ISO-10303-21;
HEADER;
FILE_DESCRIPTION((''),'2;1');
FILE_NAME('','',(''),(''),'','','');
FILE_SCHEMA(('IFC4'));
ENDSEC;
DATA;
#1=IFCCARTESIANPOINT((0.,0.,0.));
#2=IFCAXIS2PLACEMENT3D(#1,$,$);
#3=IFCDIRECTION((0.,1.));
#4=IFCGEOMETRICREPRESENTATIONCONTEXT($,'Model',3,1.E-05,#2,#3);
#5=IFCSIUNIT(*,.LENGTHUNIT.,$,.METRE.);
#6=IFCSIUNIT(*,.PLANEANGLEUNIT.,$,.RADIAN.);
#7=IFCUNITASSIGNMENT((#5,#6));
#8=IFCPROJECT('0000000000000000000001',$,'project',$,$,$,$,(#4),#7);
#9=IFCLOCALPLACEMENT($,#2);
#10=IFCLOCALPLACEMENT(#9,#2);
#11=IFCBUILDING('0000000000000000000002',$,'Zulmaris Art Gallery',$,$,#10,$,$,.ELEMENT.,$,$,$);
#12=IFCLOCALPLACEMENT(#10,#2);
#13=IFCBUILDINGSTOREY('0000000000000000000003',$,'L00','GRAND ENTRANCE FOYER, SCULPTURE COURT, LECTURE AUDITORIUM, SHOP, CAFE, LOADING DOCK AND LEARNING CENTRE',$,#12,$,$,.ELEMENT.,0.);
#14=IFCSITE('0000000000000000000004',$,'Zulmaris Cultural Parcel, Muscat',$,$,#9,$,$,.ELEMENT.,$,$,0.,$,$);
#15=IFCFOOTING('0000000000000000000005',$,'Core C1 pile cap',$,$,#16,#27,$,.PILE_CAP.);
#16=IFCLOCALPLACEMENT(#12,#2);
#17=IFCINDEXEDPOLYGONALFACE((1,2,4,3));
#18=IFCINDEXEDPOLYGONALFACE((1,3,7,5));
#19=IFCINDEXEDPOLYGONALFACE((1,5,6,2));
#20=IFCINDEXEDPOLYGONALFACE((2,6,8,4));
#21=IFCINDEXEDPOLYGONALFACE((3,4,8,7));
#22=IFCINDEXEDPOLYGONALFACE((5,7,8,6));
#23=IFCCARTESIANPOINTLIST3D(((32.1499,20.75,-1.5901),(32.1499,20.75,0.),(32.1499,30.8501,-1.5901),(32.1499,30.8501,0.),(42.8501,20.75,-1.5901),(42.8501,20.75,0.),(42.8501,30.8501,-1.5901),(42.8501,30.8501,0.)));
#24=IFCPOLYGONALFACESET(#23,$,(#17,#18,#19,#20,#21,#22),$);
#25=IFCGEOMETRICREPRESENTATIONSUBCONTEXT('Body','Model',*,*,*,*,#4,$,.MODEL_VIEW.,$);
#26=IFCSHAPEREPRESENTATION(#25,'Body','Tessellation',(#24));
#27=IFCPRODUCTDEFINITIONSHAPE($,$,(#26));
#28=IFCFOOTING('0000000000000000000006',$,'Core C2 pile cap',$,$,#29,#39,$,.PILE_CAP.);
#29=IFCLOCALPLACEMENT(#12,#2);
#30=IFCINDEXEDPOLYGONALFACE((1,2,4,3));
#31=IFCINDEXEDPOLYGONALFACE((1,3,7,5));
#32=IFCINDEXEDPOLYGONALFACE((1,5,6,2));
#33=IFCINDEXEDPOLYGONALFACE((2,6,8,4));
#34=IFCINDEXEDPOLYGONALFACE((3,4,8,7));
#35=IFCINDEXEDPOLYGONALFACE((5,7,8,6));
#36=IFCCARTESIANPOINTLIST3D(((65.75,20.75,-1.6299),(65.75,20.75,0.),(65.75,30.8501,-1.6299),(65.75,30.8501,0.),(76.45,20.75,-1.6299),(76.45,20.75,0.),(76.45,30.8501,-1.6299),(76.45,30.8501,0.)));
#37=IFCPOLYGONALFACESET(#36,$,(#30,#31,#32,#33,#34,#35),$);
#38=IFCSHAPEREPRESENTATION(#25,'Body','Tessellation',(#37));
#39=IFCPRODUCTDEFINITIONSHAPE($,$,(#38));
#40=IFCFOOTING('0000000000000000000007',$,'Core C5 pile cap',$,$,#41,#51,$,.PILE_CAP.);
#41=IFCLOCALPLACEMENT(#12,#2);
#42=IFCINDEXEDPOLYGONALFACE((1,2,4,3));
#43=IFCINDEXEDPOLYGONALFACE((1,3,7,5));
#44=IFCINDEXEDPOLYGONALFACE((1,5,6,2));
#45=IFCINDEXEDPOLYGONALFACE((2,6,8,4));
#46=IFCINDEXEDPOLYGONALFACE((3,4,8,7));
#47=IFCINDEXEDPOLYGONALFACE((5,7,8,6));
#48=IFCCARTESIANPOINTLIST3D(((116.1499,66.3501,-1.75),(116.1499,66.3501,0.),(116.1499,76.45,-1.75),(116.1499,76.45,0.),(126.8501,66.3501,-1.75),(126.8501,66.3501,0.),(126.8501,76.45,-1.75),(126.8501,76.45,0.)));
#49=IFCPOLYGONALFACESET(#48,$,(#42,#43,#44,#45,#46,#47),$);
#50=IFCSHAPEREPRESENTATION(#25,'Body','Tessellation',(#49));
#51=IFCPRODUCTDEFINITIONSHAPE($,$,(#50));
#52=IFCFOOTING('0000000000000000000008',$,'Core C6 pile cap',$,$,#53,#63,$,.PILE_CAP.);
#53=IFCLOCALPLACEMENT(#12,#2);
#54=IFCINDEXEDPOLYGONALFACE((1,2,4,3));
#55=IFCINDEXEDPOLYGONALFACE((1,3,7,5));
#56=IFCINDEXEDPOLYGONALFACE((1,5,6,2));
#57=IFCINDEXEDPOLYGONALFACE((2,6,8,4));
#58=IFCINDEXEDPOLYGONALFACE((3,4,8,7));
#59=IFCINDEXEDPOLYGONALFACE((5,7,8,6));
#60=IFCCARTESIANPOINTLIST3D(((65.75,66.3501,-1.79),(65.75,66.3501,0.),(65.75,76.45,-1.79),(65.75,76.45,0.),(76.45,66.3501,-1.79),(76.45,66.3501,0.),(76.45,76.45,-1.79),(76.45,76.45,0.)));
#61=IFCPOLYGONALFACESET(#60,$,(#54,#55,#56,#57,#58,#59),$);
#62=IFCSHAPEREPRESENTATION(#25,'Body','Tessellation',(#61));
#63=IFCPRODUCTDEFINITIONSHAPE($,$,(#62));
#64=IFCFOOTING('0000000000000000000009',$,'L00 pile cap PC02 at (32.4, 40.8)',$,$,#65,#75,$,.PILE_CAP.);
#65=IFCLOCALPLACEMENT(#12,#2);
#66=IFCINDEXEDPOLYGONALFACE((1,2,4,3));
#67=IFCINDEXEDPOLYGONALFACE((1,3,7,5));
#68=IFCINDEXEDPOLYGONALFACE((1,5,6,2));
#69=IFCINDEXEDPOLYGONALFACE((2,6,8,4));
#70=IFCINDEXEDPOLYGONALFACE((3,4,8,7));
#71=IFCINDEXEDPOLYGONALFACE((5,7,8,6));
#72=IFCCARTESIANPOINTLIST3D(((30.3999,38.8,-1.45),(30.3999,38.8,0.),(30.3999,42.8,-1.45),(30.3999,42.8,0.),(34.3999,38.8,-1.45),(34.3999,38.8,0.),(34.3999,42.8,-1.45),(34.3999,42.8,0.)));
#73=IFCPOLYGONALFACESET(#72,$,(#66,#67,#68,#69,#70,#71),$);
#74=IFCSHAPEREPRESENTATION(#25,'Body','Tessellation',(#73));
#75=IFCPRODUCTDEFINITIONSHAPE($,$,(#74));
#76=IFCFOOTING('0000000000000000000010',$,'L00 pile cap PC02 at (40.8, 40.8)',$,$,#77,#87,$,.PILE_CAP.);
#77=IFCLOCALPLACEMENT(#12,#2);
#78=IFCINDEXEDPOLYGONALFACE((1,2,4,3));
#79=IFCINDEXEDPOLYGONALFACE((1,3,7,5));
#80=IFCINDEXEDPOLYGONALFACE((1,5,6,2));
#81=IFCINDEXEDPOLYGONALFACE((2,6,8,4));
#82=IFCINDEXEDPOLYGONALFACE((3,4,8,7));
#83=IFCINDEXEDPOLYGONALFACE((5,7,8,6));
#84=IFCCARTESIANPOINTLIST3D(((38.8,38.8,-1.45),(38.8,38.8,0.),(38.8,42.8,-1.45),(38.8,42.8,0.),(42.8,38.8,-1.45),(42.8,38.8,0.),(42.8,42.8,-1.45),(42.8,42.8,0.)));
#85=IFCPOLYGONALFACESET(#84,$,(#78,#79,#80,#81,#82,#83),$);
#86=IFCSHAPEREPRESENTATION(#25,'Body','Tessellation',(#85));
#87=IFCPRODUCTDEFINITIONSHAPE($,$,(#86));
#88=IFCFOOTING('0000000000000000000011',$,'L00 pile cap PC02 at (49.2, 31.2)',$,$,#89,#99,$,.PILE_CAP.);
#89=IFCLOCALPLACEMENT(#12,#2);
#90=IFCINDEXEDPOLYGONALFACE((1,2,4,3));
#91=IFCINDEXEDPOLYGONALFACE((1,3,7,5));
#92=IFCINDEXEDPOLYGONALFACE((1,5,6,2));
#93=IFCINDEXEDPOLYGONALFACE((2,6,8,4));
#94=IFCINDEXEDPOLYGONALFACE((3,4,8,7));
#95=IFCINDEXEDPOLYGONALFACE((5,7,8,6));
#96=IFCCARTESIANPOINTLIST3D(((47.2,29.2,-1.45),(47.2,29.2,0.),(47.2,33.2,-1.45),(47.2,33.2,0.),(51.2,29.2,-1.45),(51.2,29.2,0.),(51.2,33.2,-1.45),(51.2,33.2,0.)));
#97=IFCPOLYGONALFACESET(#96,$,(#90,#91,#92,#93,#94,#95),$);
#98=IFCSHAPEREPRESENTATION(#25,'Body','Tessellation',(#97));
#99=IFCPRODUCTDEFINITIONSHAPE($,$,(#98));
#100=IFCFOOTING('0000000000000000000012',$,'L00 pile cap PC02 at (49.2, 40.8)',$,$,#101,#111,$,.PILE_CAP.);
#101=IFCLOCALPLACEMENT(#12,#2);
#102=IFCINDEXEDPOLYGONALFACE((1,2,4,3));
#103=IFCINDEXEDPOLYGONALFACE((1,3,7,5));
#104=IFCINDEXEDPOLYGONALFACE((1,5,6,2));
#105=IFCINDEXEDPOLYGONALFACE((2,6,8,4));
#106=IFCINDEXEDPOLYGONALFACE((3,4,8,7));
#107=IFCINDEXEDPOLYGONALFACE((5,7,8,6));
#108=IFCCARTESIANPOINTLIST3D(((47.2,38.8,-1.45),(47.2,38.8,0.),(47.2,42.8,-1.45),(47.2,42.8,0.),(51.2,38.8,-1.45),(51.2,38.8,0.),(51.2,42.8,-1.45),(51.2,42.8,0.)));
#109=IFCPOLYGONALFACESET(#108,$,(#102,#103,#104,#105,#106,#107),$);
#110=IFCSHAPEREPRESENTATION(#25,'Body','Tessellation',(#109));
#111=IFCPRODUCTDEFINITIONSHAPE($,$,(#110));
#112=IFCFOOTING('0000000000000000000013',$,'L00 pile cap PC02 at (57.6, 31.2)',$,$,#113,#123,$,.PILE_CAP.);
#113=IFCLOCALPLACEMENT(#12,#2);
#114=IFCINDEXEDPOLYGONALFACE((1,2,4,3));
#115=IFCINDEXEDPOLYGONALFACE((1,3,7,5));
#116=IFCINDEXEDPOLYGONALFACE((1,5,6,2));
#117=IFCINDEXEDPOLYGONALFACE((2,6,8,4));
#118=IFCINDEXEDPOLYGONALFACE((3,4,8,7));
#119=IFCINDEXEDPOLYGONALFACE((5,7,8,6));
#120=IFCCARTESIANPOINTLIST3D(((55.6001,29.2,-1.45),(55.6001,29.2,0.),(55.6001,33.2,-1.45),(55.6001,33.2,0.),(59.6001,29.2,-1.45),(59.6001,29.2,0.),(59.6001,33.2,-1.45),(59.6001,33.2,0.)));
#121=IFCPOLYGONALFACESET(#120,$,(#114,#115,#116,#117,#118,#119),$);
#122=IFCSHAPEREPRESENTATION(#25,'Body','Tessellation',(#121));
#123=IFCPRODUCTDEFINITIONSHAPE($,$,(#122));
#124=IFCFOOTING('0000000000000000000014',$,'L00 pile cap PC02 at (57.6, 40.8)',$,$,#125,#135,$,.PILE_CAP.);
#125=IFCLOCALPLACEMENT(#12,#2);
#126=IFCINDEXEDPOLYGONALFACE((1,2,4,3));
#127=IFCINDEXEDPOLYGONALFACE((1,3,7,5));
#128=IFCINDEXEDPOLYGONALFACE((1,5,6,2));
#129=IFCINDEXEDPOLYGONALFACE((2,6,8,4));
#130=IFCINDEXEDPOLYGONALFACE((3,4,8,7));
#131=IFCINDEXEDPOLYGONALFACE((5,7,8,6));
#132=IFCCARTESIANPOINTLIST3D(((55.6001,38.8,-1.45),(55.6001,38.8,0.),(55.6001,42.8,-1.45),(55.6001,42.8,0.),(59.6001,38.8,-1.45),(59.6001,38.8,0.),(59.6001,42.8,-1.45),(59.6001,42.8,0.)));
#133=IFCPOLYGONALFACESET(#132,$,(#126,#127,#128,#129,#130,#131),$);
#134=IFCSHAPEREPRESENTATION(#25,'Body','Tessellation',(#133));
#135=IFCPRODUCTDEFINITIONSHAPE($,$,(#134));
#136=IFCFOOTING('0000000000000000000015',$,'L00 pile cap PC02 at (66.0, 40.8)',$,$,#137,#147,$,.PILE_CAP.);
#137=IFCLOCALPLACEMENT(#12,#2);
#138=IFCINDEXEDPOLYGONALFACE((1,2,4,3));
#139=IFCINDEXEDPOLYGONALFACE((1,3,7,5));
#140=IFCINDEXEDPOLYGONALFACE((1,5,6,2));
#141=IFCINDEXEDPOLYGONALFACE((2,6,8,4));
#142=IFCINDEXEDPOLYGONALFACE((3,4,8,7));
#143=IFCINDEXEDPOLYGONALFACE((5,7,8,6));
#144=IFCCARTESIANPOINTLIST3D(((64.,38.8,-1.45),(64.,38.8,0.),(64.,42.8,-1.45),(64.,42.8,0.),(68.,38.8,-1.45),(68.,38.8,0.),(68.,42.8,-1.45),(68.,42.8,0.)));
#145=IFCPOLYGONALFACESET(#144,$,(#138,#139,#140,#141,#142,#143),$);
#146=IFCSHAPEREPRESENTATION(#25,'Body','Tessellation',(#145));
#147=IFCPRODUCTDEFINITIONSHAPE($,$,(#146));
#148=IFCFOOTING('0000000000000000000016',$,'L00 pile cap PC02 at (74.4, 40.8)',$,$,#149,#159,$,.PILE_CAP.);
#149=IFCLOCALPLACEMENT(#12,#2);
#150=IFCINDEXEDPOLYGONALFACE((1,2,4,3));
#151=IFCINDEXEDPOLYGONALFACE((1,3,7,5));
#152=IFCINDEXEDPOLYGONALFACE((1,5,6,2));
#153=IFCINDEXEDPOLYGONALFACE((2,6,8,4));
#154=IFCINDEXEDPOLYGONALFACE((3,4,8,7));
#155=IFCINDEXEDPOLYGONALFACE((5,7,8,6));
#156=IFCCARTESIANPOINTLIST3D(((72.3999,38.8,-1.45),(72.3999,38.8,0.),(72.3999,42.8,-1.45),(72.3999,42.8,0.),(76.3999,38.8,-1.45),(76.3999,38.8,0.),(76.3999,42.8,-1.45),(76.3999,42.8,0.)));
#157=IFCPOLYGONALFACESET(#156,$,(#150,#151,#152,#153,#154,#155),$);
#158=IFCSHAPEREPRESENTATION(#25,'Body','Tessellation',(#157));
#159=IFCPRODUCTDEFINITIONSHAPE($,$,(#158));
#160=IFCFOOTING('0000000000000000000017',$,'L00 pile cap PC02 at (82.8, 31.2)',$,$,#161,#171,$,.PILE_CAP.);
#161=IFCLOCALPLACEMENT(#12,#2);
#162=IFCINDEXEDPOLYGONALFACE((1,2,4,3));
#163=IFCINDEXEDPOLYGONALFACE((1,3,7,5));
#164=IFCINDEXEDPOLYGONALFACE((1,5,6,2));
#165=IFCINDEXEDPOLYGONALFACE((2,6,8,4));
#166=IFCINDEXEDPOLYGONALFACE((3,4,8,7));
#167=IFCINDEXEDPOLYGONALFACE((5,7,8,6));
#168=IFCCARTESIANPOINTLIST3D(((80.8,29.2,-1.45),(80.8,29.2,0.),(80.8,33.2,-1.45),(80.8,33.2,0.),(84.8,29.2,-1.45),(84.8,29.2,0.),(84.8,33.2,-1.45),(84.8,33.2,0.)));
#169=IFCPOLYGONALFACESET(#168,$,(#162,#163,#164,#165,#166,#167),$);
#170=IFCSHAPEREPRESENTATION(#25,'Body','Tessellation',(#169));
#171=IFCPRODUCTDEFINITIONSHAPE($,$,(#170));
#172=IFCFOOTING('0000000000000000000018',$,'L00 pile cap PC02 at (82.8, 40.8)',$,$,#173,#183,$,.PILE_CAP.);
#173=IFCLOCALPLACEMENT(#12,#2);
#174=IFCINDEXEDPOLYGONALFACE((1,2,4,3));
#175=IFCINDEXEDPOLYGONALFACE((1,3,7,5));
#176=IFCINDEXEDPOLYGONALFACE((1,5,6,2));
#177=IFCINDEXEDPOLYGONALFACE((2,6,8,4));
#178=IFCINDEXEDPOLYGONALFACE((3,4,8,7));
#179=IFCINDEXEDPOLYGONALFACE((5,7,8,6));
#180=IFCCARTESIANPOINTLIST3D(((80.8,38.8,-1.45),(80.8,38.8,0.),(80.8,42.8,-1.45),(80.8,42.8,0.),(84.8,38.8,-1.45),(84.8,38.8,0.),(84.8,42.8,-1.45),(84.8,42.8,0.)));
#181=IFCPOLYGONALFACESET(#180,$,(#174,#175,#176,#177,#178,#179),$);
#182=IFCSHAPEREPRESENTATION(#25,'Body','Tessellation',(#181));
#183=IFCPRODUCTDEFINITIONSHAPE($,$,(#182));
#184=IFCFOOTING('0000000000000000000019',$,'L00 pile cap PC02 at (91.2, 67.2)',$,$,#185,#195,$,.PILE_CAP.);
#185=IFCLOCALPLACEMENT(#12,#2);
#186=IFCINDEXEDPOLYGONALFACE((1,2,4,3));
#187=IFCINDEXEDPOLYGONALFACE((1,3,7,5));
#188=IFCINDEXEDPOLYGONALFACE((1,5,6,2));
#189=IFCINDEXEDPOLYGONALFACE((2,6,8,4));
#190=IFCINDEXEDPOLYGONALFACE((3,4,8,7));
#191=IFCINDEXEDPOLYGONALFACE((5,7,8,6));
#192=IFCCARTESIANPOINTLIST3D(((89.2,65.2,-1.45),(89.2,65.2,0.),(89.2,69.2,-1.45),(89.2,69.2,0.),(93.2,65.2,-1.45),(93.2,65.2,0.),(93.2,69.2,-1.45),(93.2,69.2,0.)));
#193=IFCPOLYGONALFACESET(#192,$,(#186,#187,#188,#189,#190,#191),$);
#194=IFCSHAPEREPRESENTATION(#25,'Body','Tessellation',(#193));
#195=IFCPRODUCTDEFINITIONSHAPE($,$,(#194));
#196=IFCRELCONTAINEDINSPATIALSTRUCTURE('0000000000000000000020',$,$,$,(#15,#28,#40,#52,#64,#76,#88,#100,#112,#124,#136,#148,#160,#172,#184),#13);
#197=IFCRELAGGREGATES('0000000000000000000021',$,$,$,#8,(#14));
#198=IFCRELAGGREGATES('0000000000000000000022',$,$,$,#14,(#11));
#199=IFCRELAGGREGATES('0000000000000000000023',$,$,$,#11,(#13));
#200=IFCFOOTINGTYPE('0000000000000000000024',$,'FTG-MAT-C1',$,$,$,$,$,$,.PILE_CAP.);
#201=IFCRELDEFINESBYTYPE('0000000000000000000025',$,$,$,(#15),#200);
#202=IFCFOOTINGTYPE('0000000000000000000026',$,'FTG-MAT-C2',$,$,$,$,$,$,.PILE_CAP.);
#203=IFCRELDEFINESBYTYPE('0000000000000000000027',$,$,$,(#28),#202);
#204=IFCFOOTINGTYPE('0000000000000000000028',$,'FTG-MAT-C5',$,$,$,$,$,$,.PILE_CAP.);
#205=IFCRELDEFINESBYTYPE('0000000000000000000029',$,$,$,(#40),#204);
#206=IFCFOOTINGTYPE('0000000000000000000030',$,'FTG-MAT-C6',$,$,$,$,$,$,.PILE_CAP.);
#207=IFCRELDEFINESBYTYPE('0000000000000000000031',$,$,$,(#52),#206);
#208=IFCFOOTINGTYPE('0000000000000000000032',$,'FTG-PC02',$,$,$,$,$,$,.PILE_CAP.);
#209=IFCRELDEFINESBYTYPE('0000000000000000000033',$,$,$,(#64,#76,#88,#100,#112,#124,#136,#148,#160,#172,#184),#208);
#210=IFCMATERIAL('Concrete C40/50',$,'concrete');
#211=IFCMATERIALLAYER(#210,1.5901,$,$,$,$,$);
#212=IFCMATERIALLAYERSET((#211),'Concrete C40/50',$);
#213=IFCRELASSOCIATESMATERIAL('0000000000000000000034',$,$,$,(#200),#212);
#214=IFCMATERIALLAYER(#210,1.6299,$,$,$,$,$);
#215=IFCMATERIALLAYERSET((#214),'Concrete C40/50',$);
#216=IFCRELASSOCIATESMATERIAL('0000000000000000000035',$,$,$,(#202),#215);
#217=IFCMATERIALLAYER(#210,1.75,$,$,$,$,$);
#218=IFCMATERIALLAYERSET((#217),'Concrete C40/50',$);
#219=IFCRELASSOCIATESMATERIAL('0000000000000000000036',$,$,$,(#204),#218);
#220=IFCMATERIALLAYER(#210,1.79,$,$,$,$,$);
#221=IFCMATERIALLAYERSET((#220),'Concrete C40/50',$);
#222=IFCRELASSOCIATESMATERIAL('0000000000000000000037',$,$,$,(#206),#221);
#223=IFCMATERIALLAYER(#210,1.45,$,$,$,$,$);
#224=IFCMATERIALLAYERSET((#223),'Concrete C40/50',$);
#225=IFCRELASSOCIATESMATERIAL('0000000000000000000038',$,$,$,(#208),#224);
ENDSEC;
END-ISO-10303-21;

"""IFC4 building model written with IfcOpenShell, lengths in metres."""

from ifc_helpers import new_model, si_unit, direction, frame, origin, place, context, subcontext, project, spatial, polyline, outline, extrude, material, layer, layer_set, type_object, element, save


model = new_model("IFC4")

# Units and contexts
model_context = context("Model", 3, precision=1e-05, world=origin(), true_north=direction((0.0, 1.0)))
body_context = subcontext(model_context, "Body", "Model", "MODEL_VIEW")
ifc_project = project(units=[si_unit("LENGTHUNIT", "METRE"), si_unit("PLANEANGLEUNIT", "RADIAN")], contexts=[model_context])

# Site, building, storey
site_placement = place(None, origin())
site = spatial("IfcSite", under=ifc_project, at=site_placement, Name="Zulmaris Cultural Parcel, Muscat", CompositionType="ELEMENT", RefElevation=0.0)
building_placement = place(site_placement, origin())
building = spatial("IfcBuilding", under=site, at=building_placement, Name="Zulmaris Art Gallery", CompositionType="ELEMENT")
storey_placement = place(building_placement, origin())
storey = spatial("IfcBuildingStorey", under=building, at=storey_placement, Name="L00", Description="GRAND ENTRANCE FOYER, SCULPTURE COURT, LECTURE AUDITORIUM, SHOP, CAFE, LOADING DOCK AND LEARNING CENTRE", CompositionType="ELEMENT", Elevation=0.0)

# Footings
ifc_material = material(Name="Concrete C40/50", Category="concrete")
ifc_layer_1 = layer(ifc_material, 1.5901)
ifc_layer_set_1 = layer_set([ifc_layer_1], Name="Concrete C40/50")
footing_type_1 = type_object("IfcFootingType", Name="FTG-MAT-C1", PredefinedType="PILE_CAP", material=ifc_layer_set_1)
footing_1_placement = place(storey_placement, frame((0.0, 0.0, -1.5901)))
element("IfcFooting", 1, at=footing_1_placement, inside=storey, type_object=footing_type_1, Name="Core C1 pile cap", PredefinedType="PILE_CAP", context=body_context, shape_type="SweptSolid", body=[
    extrude(outline(polyline([(32.1499, 20.75), (42.8501, 20.75), (42.8501, 30.8501), (32.1499, 30.8501), (32.1499, 20.75)])), origin(), (0.0, 0.0, 1.0), 1.5901),
])
ifc_layer_2 = layer(ifc_material, 1.6299)
ifc_layer_set_2 = layer_set([ifc_layer_2], Name="Concrete C40/50")
footing_type_2 = type_object("IfcFootingType", Name="FTG-MAT-C2", PredefinedType="PILE_CAP", material=ifc_layer_set_2)
footing_2_placement = place(storey_placement, frame((0.0, 0.0, -1.6299)))
element("IfcFooting", 2, at=footing_2_placement, inside=storey, type_object=footing_type_2, Name="Core C2 pile cap", PredefinedType="PILE_CAP", context=body_context, shape_type="SweptSolid", body=[
    extrude(outline(polyline([(65.75, 20.75), (76.45, 20.75), (76.45, 30.8501), (65.75, 30.8501), (65.75, 20.75)])), origin(), (0.0, 0.0, 1.0), 1.6299),
])
ifc_layer_3 = layer(ifc_material, 1.75)
ifc_layer_set_3 = layer_set([ifc_layer_3], Name="Concrete C40/50")
footing_type_3 = type_object("IfcFootingType", Name="FTG-MAT-C5", PredefinedType="PILE_CAP", material=ifc_layer_set_3)
footing_3_placement = place(storey_placement, frame((0.0, 0.0, -1.75)))
element("IfcFooting", 3, at=footing_3_placement, inside=storey, type_object=footing_type_3, Name="Core C5 pile cap", PredefinedType="PILE_CAP", context=body_context, shape_type="SweptSolid", body=[
    extrude(outline(polyline([(116.1499, 66.3501), (126.8501, 66.3501), (126.8501, 76.45), (116.1499, 76.45), (116.1499, 66.3501)])), origin(), (0.0, 0.0, 1.0), 1.75),
])
ifc_layer_4 = layer(ifc_material, 1.79)
ifc_layer_set_4 = layer_set([ifc_layer_4], Name="Concrete C40/50")
footing_type_4 = type_object("IfcFootingType", Name="FTG-MAT-C6", PredefinedType="PILE_CAP", material=ifc_layer_set_4)
footing_4_placement = place(storey_placement, frame((0.0, 0.0, -1.79)))
element("IfcFooting", 4, at=footing_4_placement, inside=storey, type_object=footing_type_4, Name="Core C6 pile cap", PredefinedType="PILE_CAP", context=body_context, shape_type="SweptSolid", body=[
    extrude(outline(polyline([(65.75, 66.3501), (76.45, 66.3501), (76.45, 76.45), (65.75, 76.45), (65.75, 66.3501)])), origin(), (0.0, 0.0, 1.0), 1.79),
])
ifc_layer_5 = layer(ifc_material, 1.45)
ifc_layer_set_5 = layer_set([ifc_layer_5], Name="Concrete C40/50")
footing_type_5 = type_object("IfcFootingType", Name="FTG-PC02", PredefinedType="PILE_CAP", material=ifc_layer_set_5)
footing_5_placement = place(storey_placement, frame((0.0, 0.0, -1.45)))
element("IfcFooting", 5, at=footing_5_placement, inside=storey, type_object=footing_type_5, Name="L00 pile cap PC02 at (32.4, 40.8)", PredefinedType="PILE_CAP", context=body_context, shape_type="SweptSolid", body=[
    extrude(outline(polyline([(30.3999, 38.8), (34.3999, 38.8), (34.3999, 42.8), (30.3999, 42.8), (30.3999, 38.8)])), origin(), (0.0, 0.0, 1.0), 1.45),
])
footing_6_placement = place(storey_placement, frame((0.0, 0.0, -1.45)))
element("IfcFooting", 6, at=footing_6_placement, inside=storey, type_object=footing_type_5, Name="L00 pile cap PC02 at (40.8, 40.8)", PredefinedType="PILE_CAP", context=body_context, shape_type="SweptSolid", body=[
    extrude(outline(polyline([(38.8, 38.8), (42.8, 38.8), (42.8, 42.8), (38.8, 42.8), (38.8, 38.8)])), origin(), (0.0, 0.0, 1.0), 1.45),
])
footing_7_placement = place(storey_placement, frame((0.0, 0.0, -1.45)))
element("IfcFooting", 7, at=footing_7_placement, inside=storey, type_object=footing_type_5, Name="L00 pile cap PC02 at (49.2, 31.2)", PredefinedType="PILE_CAP", context=body_context, shape_type="SweptSolid", body=[
    extrude(outline(polyline([(47.2, 29.2), (51.2, 29.2), (51.2, 33.2), (47.2, 33.2), (47.2, 29.2)])), origin(), (0.0, 0.0, 1.0), 1.45),
])
footing_8_placement = place(storey_placement, frame((0.0, 0.0, -1.45)))
element("IfcFooting", 8, at=footing_8_placement, inside=storey, type_object=footing_type_5, Name="L00 pile cap PC02 at (49.2, 40.8)", PredefinedType="PILE_CAP", context=body_context, shape_type="SweptSolid", body=[
    extrude(outline(polyline([(47.2, 38.8), (51.2, 38.8), (51.2, 42.8), (47.2, 42.8), (47.2, 38.8)])), origin(), (0.0, 0.0, 1.0), 1.45),
])
footing_9_placement = place(storey_placement, frame((0.0, 0.0, -1.45)))
element("IfcFooting", 9, at=footing_9_placement, inside=storey, type_object=footing_type_5, Name="L00 pile cap PC02 at (57.6, 31.2)", PredefinedType="PILE_CAP", context=body_context, shape_type="SweptSolid", body=[
    extrude(outline(polyline([(55.6001, 29.2), (59.6001, 29.2), (59.6001, 33.2), (55.6001, 33.2), (55.6001, 29.2)])), origin(), (0.0, 0.0, 1.0), 1.45),
])
footing_10_placement = place(storey_placement, frame((0.0, 0.0, -1.45)))
element("IfcFooting", 10, at=footing_10_placement, inside=storey, type_object=footing_type_5, Name="L00 pile cap PC02 at (57.6, 40.8)", PredefinedType="PILE_CAP", context=body_context, shape_type="SweptSolid", body=[
    extrude(outline(polyline([(55.6001, 38.8), (59.6001, 38.8), (59.6001, 42.8), (55.6001, 42.8), (55.6001, 38.8)])), origin(), (0.0, 0.0, 1.0), 1.45),
])
footing_11_placement = place(storey_placement, frame((0.0, 0.0, -1.45)))
element("IfcFooting", 11, at=footing_11_placement, inside=storey, type_object=footing_type_5, Name="L00 pile cap PC02 at (66.0, 40.8)", PredefinedType="PILE_CAP", context=body_context, shape_type="SweptSolid", body=[
    extrude(outline(polyline([(64.0, 38.8), (68.0, 38.8), (68.0, 42.8), (64.0, 42.8), (64.0, 38.8)])), origin(), (0.0, 0.0, 1.0), 1.45),
])
footing_12_placement = place(storey_placement, frame((0.0, 0.0, -1.45)))
element("IfcFooting", 12, at=footing_12_placement, inside=storey, type_object=footing_type_5, Name="L00 pile cap PC02 at (74.4, 40.8)", PredefinedType="PILE_CAP", context=body_context, shape_type="SweptSolid", body=[
    extrude(outline(polyline([(72.3999, 38.8), (76.3999, 38.8), (76.3999, 42.8), (72.3999, 42.8), (72.3999, 38.8)])), origin(), (0.0, 0.0, 1.0), 1.45),
])
footing_13_placement = place(storey_placement, frame((0.0, 0.0, -1.45)))
element("IfcFooting", 13, at=footing_13_placement, inside=storey, type_object=footing_type_5, Name="L00 pile cap PC02 at (82.8, 31.2)", PredefinedType="PILE_CAP", context=body_context, shape_type="SweptSolid", body=[
    extrude(outline(polyline([(80.8, 29.2), (84.8, 29.2), (84.8, 33.2), (80.8, 33.2), (80.8, 29.2)])), origin(), (0.0, 0.0, 1.0), 1.45),
])
footing_14_placement = place(storey_placement, frame((0.0, 0.0, -1.45)))
element("IfcFooting", 14, at=footing_14_placement, inside=storey, type_object=footing_type_5, Name="L00 pile cap PC02 at (82.8, 40.8)", PredefinedType="PILE_CAP", context=body_context, shape_type="SweptSolid", body=[
    extrude(outline(polyline([(80.8, 38.8), (84.8, 38.8), (84.8, 42.8), (80.8, 42.8), (80.8, 38.8)])), origin(), (0.0, 0.0, 1.0), 1.45),
])
footing_15_placement = place(storey_placement, frame((0.0, 0.0, -1.45)))
element("IfcFooting", 15, at=footing_15_placement, inside=storey, type_object=footing_type_5, Name="L00 pile cap PC02 at (91.2, 67.2)", PredefinedType="PILE_CAP", context=body_context, shape_type="SweptSolid", body=[
    extrude(outline(polyline([(89.2, 65.2), (93.2, 65.2), (93.2, 69.2), (89.2, 69.2), (89.2, 65.2)])), origin(), (0.0, 0.0, 1.0), 1.45),
])

save(model, "model.ifc")
